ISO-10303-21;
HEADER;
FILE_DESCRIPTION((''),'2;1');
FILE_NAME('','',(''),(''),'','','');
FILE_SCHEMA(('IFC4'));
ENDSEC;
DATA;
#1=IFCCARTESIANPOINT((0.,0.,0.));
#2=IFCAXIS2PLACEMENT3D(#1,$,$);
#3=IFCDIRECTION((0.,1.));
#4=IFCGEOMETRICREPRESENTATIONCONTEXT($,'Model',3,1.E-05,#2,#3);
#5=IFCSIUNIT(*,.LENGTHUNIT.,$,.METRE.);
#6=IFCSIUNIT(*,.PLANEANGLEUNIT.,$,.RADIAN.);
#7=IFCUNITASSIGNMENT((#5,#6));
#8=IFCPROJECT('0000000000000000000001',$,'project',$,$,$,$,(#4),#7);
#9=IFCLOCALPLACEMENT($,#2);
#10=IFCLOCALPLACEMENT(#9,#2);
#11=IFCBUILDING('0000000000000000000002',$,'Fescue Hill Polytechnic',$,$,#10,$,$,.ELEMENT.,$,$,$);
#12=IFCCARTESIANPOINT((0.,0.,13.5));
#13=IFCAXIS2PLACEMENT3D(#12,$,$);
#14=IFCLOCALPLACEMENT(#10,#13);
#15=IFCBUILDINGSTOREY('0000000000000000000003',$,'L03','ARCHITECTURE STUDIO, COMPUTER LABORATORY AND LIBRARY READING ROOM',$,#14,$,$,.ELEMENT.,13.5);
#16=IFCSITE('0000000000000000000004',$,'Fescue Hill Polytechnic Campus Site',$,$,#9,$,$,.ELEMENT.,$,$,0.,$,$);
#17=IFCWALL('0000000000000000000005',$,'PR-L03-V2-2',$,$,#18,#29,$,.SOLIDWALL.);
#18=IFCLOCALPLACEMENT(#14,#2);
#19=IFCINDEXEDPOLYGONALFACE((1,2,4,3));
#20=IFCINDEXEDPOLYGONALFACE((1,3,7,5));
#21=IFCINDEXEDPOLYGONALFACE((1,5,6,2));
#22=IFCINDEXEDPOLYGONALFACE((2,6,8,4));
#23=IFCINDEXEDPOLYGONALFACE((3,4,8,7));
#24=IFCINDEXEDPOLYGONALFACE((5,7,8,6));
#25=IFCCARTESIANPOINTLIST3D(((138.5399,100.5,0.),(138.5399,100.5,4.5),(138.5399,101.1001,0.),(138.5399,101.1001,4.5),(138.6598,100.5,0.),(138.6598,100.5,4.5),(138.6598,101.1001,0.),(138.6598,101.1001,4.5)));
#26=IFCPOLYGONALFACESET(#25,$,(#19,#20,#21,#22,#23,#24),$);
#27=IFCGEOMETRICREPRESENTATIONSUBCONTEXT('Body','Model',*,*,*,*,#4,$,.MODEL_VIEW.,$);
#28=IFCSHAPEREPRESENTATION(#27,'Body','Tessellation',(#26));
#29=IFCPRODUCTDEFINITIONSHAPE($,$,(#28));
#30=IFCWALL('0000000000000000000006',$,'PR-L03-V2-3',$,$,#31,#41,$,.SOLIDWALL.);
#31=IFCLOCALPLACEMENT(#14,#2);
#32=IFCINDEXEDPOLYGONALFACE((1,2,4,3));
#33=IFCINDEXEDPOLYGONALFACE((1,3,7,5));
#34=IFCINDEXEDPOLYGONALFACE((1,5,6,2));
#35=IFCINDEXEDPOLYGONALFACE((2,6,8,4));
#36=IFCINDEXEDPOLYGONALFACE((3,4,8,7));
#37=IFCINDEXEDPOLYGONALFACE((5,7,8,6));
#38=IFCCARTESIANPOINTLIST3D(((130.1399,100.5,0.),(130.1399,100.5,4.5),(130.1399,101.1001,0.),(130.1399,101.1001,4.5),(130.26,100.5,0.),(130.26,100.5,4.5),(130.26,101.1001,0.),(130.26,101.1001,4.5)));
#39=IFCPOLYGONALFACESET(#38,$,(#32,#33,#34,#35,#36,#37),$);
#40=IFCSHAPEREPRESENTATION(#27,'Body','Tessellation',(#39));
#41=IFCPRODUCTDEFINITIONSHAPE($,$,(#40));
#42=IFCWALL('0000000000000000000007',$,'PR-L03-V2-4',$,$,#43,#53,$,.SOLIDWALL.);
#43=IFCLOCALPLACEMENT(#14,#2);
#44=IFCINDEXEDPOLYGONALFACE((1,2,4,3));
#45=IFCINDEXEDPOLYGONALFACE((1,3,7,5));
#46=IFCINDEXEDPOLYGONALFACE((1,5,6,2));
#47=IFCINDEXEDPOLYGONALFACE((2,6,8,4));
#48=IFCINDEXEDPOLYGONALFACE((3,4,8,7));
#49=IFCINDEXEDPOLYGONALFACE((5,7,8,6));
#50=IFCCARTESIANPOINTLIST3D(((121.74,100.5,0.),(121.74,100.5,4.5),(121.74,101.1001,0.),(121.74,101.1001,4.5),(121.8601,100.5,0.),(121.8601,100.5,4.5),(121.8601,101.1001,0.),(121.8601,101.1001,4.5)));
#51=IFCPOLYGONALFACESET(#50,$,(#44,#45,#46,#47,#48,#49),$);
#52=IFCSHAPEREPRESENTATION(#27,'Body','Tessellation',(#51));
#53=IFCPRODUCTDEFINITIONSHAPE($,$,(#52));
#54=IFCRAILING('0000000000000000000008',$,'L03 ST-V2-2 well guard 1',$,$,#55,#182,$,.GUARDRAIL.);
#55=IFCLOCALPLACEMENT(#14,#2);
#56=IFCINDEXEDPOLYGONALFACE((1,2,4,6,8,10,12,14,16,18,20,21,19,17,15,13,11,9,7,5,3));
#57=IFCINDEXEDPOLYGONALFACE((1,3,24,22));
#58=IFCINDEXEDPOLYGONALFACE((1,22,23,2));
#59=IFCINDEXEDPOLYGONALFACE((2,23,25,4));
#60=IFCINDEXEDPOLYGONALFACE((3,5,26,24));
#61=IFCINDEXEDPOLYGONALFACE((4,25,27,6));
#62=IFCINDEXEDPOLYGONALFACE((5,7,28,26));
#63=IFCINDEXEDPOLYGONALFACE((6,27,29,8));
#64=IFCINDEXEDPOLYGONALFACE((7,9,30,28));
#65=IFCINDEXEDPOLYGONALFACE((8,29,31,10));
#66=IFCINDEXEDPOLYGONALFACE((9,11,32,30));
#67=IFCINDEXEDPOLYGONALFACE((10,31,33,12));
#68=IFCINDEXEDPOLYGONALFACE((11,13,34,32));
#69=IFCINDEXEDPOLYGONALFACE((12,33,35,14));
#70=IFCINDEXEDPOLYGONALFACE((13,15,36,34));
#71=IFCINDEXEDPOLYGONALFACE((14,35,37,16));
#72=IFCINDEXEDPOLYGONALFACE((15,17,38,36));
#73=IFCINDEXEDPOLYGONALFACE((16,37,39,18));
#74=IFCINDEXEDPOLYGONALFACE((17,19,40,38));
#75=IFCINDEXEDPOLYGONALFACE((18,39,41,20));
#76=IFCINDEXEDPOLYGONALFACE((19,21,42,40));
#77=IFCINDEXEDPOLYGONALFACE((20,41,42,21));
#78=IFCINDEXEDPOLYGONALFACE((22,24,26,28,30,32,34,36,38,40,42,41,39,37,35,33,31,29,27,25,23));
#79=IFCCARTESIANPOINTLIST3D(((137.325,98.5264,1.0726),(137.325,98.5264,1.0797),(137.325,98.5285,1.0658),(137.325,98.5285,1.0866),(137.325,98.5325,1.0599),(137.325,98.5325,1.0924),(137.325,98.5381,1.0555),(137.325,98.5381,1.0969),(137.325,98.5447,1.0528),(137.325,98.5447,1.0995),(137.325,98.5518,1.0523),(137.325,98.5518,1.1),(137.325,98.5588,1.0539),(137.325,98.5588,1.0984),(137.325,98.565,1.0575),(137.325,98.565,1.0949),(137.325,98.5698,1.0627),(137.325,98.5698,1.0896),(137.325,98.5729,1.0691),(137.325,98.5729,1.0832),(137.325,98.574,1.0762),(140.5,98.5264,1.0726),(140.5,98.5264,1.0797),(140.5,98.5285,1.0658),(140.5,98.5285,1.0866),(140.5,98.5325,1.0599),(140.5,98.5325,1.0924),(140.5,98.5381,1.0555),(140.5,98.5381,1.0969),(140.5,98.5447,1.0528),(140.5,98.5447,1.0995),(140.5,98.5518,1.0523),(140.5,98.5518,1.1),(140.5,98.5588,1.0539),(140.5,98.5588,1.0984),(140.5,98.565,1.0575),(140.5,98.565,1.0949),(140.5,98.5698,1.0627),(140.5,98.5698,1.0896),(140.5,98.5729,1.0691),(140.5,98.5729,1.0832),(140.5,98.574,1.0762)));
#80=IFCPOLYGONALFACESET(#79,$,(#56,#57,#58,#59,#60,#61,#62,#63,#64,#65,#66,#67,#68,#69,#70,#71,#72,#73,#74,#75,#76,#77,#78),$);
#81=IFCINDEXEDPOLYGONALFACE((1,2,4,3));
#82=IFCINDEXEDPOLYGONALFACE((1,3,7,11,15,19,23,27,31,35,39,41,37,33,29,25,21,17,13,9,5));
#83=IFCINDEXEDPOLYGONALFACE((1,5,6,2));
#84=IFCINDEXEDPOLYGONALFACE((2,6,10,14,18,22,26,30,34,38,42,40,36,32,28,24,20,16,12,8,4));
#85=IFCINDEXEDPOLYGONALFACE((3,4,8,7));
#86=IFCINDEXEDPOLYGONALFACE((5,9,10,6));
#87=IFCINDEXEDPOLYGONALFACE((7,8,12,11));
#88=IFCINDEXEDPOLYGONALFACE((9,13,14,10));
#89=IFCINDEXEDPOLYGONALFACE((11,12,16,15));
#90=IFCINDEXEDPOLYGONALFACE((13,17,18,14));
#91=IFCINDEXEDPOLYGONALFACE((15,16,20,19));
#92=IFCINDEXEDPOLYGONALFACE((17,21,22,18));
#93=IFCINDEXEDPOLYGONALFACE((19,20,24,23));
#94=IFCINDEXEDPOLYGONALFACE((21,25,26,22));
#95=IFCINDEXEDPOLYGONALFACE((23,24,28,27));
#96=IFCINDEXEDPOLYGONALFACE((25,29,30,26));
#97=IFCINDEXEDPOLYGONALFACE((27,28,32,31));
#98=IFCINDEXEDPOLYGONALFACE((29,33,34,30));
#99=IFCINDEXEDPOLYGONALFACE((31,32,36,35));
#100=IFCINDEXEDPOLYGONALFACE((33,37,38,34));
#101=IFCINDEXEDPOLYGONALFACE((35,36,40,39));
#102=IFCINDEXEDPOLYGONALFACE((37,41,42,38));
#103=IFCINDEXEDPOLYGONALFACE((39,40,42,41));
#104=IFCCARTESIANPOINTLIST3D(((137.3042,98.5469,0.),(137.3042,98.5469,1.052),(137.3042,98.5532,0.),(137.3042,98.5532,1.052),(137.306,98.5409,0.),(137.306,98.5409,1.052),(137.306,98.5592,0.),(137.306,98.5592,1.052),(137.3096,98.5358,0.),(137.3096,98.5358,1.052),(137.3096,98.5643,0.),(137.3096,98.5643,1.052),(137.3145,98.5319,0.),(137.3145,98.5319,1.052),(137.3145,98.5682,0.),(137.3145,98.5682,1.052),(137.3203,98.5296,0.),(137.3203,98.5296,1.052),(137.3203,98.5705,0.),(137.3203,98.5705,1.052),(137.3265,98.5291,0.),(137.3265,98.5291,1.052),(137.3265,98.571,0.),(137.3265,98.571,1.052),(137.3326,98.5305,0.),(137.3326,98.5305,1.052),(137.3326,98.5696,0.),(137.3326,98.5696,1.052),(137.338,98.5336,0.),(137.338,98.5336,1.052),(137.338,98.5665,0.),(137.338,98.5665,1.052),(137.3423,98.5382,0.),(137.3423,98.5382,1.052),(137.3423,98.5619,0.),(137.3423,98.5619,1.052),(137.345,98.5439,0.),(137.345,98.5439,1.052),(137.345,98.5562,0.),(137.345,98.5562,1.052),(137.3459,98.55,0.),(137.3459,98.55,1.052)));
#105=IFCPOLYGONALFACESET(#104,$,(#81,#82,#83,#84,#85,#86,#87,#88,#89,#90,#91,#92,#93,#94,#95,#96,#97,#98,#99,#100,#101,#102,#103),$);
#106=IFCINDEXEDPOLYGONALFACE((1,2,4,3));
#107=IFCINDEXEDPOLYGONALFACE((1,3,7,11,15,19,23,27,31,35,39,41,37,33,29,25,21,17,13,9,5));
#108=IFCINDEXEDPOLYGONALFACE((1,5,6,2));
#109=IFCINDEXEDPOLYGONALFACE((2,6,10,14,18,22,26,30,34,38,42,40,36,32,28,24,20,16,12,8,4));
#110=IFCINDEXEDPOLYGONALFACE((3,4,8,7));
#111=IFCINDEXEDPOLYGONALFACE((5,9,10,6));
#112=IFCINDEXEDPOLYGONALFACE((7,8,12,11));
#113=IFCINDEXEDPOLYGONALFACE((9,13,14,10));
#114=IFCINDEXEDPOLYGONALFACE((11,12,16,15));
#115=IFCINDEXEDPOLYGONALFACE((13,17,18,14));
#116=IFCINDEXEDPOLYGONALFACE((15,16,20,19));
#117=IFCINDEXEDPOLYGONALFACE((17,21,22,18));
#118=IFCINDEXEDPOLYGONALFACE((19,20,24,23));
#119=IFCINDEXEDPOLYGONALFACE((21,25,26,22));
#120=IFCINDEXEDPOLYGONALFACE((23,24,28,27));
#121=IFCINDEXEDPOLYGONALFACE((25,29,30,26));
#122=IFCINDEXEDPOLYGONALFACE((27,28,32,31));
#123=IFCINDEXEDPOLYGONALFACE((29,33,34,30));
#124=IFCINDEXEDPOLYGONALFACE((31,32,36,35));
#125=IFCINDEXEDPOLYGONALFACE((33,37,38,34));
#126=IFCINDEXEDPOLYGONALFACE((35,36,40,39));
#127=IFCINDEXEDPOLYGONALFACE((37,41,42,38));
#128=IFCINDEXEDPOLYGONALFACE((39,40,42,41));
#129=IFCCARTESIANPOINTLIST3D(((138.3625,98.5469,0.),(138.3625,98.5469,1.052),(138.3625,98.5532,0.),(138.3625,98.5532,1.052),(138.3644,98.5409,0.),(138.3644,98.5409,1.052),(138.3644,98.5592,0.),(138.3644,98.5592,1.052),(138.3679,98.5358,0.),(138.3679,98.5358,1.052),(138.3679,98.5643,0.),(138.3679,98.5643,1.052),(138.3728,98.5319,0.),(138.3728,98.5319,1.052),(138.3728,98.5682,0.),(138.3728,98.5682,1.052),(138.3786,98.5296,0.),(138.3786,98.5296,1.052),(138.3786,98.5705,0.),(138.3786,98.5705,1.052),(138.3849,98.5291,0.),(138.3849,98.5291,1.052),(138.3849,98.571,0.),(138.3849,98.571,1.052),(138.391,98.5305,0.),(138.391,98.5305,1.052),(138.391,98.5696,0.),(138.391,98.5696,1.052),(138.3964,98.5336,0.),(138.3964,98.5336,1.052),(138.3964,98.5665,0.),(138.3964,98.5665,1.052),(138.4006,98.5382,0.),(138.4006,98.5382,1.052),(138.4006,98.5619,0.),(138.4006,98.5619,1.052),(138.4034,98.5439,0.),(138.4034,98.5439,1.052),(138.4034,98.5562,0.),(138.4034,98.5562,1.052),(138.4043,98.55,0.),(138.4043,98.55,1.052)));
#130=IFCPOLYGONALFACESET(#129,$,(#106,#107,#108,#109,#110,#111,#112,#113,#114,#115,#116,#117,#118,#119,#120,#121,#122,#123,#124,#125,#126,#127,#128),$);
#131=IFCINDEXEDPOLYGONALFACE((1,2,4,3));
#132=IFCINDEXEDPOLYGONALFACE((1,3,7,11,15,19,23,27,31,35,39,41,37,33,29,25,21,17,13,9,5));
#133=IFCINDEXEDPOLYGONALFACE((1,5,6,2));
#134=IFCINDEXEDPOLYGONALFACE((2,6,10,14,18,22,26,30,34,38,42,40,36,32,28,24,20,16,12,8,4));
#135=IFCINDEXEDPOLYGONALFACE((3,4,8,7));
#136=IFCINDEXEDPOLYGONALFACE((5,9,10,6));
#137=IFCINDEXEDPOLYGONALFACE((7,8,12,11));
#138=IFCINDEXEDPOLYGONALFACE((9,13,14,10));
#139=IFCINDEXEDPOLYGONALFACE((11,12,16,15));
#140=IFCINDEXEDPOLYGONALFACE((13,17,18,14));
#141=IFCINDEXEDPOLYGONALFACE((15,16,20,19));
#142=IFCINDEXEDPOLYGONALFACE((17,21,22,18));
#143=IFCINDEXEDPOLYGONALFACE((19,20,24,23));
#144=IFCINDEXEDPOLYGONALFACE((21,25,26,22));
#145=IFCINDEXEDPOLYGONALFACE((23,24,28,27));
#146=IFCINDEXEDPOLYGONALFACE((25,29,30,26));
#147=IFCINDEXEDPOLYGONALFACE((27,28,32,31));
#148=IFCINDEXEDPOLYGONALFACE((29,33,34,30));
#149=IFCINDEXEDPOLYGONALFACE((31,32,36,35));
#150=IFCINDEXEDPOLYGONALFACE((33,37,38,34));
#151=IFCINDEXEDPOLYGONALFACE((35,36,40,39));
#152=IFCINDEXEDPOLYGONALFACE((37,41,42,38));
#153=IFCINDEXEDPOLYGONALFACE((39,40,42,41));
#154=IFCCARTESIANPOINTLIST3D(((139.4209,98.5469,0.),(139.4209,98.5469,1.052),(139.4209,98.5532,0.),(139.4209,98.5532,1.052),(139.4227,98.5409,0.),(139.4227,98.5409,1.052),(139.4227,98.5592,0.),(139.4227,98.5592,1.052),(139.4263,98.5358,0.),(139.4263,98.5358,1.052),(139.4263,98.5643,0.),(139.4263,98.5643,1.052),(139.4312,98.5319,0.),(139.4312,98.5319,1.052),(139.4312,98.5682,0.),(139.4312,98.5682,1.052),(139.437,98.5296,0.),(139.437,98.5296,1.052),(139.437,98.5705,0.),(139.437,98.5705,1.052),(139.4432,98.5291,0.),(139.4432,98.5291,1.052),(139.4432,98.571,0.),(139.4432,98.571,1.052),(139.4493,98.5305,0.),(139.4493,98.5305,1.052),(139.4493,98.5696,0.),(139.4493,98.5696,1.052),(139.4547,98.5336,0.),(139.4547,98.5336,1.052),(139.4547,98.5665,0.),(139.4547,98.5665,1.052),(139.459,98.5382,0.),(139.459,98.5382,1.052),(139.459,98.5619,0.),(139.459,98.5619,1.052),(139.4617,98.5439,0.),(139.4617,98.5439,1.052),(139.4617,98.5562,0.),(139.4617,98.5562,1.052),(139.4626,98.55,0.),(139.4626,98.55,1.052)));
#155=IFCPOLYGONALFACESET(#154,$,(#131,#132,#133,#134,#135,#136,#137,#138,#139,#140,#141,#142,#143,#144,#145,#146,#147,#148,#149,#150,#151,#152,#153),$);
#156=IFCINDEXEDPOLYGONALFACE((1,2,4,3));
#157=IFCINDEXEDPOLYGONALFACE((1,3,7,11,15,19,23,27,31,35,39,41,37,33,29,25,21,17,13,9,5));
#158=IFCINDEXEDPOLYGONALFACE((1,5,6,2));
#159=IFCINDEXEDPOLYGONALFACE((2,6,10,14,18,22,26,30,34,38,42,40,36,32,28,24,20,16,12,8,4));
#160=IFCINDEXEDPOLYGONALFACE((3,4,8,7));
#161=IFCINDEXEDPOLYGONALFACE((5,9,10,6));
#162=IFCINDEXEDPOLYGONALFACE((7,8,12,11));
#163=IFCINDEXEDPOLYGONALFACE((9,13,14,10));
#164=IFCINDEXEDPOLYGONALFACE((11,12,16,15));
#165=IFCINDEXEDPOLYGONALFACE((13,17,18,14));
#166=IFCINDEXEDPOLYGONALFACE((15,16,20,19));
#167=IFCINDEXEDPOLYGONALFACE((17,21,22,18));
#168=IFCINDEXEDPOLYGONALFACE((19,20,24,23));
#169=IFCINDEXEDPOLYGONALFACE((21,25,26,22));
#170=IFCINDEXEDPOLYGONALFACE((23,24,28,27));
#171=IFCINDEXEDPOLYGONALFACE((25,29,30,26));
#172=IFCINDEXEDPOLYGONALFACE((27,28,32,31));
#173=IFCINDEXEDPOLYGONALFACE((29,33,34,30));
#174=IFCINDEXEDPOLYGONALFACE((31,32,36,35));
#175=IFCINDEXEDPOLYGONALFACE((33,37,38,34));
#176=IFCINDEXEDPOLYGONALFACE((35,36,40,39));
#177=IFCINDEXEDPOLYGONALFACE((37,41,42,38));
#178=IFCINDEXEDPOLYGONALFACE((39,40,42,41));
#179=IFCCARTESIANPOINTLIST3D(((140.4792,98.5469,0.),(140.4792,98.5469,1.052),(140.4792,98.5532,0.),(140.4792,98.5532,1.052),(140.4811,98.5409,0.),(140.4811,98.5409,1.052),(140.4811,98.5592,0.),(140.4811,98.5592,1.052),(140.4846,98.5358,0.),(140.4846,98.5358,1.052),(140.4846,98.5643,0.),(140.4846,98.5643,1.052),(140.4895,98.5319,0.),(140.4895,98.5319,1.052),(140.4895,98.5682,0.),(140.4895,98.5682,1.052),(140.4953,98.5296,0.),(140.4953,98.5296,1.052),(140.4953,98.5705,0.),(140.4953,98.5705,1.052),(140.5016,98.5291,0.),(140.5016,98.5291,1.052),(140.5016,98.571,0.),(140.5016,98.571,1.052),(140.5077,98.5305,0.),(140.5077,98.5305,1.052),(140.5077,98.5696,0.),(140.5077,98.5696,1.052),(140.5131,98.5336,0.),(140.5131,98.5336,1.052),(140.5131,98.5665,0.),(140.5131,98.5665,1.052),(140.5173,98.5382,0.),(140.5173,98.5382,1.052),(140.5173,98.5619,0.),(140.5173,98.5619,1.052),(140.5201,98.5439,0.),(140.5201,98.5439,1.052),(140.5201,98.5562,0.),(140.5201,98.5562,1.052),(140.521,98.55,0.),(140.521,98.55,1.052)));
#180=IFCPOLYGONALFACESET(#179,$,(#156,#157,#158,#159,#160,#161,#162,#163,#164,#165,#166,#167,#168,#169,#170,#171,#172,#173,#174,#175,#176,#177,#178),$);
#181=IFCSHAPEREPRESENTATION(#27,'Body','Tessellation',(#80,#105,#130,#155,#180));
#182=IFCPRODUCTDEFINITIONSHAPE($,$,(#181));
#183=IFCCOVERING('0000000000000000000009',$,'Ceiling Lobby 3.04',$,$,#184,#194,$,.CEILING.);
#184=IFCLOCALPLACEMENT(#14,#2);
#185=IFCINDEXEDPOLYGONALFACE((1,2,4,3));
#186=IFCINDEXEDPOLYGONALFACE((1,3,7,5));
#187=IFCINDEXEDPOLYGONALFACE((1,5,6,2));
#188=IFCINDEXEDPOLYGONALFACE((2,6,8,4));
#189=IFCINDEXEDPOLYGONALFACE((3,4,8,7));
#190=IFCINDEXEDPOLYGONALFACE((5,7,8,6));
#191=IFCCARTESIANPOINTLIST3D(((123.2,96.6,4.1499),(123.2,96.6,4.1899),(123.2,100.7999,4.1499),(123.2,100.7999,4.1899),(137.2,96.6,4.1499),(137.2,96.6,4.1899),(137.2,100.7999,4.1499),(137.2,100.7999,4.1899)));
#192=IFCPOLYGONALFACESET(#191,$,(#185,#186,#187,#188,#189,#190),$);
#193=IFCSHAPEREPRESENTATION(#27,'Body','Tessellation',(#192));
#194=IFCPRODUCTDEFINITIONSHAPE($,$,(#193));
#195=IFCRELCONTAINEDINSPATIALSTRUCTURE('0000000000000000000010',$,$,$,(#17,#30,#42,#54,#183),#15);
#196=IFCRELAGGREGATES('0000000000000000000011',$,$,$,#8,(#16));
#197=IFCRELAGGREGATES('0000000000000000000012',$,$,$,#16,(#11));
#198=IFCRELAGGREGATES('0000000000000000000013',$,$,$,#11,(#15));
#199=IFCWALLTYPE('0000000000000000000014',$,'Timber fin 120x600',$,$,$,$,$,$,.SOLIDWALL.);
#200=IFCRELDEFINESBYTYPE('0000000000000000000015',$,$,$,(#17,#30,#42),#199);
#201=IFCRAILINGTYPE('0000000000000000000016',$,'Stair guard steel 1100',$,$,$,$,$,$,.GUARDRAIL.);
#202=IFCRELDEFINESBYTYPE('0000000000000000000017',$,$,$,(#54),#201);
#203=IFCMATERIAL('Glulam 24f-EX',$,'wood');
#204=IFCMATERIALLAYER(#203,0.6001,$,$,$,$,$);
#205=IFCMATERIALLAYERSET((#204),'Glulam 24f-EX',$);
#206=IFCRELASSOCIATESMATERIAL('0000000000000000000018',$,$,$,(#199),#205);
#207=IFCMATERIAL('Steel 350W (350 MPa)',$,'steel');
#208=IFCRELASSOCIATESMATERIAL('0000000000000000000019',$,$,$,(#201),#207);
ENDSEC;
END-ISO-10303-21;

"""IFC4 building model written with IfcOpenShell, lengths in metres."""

from ifc_helpers import new_model, si_unit, direction, frame, frame_2d, origin, origin_2d, place, context, subcontext, project, spatial, rectangle, circle, extrude, material, layer, layer_set, type_object, element, save


model = new_model("IFC4")

# Units and contexts
model_context = context("Model", 3, precision=1e-05, world=origin(), true_north=direction((0.0, 1.0)))
body_context = subcontext(model_context, "Body", "Model", "MODEL_VIEW")
ifc_project = project(units=[si_unit("LENGTHUNIT", "METRE"), si_unit("PLANEANGLEUNIT", "RADIAN")], contexts=[model_context])

# Site, building, storey
site_placement = place(None, origin())
site = spatial("IfcSite", under=ifc_project, at=site_placement, Name="Fescue Hill Polytechnic Campus Site", CompositionType="ELEMENT", RefElevation=0.0)
building_placement = place(site_placement, origin())
building = spatial("IfcBuilding", under=site, at=building_placement, Name="Fescue Hill Polytechnic", CompositionType="ELEMENT")
storey_placement = place(building_placement, frame((0.0, 0.0, 13.5)))
storey = spatial("IfcBuildingStorey", under=building, at=storey_placement, Name="L03", Description="ARCHITECTURE STUDIO, COMPUTER LABORATORY AND LIBRARY READING ROOM", CompositionType="ELEMENT", Elevation=13.5)

# Walls
ifc_material_1 = material(Name="Glulam 24f-EX", Category="wood")
ifc_layer_1 = layer(ifc_material_1, 0.6001)
ifc_layer_set_1 = layer_set([ifc_layer_1], Name="Glulam 24f-EX")
wall_type_1 = type_object("IfcWallType", Name="Timber fin 120x600", PredefinedType="SOLIDWALL", material=ifc_layer_set_1)
wall_1_placement = place(storey_placement, frame((138.6599, 100.8, 0.0), z_axis=(0.0, 0.0, 1.0), x_axis=(-1.0, 0.0, 0.0)))
element("IfcWall", 1, at=wall_1_placement, inside=storey, type_object=wall_type_1, Name="PR-L03-V2-2", PredefinedType="SOLIDWALL", context=body_context, shape_type="SweptSolid", body=[
    extrude(rectangle(XDim=0.1199, YDim=0.6001, at=frame_2d((0.0601, 0.0))), origin(), (0.0, 0.0, 1.0), 4.5),
])
for number, where, z_axis, x_axis, name in (
    (2, (130.26, 100.8, 0.0), (0.0, 0.0, 1.0), (-1.0, 0.0, 0.0), "PR-L03-V2-3"),
    (3, (121.8601, 100.8, 0.0), (0.0, 0.0, 1.0), (-1.0, 0.0, 0.0), "PR-L03-V2-4"),
):
    element("IfcWall", number, at=place(storey_placement, frame(where, z_axis=z_axis, x_axis=x_axis)), inside=storey, type_object=wall_type_1, Name=name, PredefinedType="SOLIDWALL", context=body_context, shape_type="SweptSolid", body=[
        extrude(rectangle(XDim=0.1201, YDim=0.6001, at=frame_2d((0.0601, 0.0))), origin(), (0.0, 0.0, 1.0), 4.5),
    ])

# Railing
ifc_material_2 = material(Name="Steel 350W (350 MPa)", Category="steel")
railing_type = type_object("IfcRailingType", Name="Stair guard steel 1100", PredefinedType="GUARDRAIL", material=ifc_material_2)
railing_placement = place(storey_placement, frame((137.325, 98.55, 0.0)))
element("IfcRailing", 4, at=railing_placement, inside=storey, type_object=railing_type, Name="L03 ST-V2-2 well guard 1", PredefinedType="GUARDRAIL", context=body_context, shape_type="SweptSolid", body=[
    extrude(circle(Radius=0.0239, at=origin_2d()), frame((0.0, 0.0, 1.0762), z_axis=(1.0, 0.0, 0.0), x_axis=(0.0, 1.0, 0.0)), (0.0, 0.0, 1.0), 3.175),
    extrude(circle(Radius=0.021, at=origin_2d()), origin(), (0.0, 0.0, 1.0), 1.052),
    extrude(circle(Radius=0.021, at=origin_2d()), frame((1.0583, 0.0, 0.0)), (0.0, 0.0, 1.0), 1.052),
    extrude(circle(Radius=0.021, at=origin_2d()), frame((2.1167, 0.0, 0.0)), (0.0, 0.0, 1.0), 1.052),
    extrude(circle(Radius=0.021, at=origin_2d()), frame((3.175, 0.0, 0.0)), (0.0, 0.0, 1.0), 1.052),
])

# Covering
covering_placement = place(storey_placement, frame((130.2, 98.7, 4.1499), z_axis=(0.0, 0.0, 1.0), x_axis=(1.0, 0.0, 0.0)))
element("IfcCovering", 5, at=covering_placement, inside=storey, Name="Ceiling Lobby 3.04", PredefinedType="CEILING", context=body_context, shape_type="SweptSolid", body=[
    extrude(rectangle(XDim=14.0, YDim=4.2, at=origin_2d()), origin(), (0.0, 0.0, 1.0), 0.04),
])

save(model, "model.ifc")
